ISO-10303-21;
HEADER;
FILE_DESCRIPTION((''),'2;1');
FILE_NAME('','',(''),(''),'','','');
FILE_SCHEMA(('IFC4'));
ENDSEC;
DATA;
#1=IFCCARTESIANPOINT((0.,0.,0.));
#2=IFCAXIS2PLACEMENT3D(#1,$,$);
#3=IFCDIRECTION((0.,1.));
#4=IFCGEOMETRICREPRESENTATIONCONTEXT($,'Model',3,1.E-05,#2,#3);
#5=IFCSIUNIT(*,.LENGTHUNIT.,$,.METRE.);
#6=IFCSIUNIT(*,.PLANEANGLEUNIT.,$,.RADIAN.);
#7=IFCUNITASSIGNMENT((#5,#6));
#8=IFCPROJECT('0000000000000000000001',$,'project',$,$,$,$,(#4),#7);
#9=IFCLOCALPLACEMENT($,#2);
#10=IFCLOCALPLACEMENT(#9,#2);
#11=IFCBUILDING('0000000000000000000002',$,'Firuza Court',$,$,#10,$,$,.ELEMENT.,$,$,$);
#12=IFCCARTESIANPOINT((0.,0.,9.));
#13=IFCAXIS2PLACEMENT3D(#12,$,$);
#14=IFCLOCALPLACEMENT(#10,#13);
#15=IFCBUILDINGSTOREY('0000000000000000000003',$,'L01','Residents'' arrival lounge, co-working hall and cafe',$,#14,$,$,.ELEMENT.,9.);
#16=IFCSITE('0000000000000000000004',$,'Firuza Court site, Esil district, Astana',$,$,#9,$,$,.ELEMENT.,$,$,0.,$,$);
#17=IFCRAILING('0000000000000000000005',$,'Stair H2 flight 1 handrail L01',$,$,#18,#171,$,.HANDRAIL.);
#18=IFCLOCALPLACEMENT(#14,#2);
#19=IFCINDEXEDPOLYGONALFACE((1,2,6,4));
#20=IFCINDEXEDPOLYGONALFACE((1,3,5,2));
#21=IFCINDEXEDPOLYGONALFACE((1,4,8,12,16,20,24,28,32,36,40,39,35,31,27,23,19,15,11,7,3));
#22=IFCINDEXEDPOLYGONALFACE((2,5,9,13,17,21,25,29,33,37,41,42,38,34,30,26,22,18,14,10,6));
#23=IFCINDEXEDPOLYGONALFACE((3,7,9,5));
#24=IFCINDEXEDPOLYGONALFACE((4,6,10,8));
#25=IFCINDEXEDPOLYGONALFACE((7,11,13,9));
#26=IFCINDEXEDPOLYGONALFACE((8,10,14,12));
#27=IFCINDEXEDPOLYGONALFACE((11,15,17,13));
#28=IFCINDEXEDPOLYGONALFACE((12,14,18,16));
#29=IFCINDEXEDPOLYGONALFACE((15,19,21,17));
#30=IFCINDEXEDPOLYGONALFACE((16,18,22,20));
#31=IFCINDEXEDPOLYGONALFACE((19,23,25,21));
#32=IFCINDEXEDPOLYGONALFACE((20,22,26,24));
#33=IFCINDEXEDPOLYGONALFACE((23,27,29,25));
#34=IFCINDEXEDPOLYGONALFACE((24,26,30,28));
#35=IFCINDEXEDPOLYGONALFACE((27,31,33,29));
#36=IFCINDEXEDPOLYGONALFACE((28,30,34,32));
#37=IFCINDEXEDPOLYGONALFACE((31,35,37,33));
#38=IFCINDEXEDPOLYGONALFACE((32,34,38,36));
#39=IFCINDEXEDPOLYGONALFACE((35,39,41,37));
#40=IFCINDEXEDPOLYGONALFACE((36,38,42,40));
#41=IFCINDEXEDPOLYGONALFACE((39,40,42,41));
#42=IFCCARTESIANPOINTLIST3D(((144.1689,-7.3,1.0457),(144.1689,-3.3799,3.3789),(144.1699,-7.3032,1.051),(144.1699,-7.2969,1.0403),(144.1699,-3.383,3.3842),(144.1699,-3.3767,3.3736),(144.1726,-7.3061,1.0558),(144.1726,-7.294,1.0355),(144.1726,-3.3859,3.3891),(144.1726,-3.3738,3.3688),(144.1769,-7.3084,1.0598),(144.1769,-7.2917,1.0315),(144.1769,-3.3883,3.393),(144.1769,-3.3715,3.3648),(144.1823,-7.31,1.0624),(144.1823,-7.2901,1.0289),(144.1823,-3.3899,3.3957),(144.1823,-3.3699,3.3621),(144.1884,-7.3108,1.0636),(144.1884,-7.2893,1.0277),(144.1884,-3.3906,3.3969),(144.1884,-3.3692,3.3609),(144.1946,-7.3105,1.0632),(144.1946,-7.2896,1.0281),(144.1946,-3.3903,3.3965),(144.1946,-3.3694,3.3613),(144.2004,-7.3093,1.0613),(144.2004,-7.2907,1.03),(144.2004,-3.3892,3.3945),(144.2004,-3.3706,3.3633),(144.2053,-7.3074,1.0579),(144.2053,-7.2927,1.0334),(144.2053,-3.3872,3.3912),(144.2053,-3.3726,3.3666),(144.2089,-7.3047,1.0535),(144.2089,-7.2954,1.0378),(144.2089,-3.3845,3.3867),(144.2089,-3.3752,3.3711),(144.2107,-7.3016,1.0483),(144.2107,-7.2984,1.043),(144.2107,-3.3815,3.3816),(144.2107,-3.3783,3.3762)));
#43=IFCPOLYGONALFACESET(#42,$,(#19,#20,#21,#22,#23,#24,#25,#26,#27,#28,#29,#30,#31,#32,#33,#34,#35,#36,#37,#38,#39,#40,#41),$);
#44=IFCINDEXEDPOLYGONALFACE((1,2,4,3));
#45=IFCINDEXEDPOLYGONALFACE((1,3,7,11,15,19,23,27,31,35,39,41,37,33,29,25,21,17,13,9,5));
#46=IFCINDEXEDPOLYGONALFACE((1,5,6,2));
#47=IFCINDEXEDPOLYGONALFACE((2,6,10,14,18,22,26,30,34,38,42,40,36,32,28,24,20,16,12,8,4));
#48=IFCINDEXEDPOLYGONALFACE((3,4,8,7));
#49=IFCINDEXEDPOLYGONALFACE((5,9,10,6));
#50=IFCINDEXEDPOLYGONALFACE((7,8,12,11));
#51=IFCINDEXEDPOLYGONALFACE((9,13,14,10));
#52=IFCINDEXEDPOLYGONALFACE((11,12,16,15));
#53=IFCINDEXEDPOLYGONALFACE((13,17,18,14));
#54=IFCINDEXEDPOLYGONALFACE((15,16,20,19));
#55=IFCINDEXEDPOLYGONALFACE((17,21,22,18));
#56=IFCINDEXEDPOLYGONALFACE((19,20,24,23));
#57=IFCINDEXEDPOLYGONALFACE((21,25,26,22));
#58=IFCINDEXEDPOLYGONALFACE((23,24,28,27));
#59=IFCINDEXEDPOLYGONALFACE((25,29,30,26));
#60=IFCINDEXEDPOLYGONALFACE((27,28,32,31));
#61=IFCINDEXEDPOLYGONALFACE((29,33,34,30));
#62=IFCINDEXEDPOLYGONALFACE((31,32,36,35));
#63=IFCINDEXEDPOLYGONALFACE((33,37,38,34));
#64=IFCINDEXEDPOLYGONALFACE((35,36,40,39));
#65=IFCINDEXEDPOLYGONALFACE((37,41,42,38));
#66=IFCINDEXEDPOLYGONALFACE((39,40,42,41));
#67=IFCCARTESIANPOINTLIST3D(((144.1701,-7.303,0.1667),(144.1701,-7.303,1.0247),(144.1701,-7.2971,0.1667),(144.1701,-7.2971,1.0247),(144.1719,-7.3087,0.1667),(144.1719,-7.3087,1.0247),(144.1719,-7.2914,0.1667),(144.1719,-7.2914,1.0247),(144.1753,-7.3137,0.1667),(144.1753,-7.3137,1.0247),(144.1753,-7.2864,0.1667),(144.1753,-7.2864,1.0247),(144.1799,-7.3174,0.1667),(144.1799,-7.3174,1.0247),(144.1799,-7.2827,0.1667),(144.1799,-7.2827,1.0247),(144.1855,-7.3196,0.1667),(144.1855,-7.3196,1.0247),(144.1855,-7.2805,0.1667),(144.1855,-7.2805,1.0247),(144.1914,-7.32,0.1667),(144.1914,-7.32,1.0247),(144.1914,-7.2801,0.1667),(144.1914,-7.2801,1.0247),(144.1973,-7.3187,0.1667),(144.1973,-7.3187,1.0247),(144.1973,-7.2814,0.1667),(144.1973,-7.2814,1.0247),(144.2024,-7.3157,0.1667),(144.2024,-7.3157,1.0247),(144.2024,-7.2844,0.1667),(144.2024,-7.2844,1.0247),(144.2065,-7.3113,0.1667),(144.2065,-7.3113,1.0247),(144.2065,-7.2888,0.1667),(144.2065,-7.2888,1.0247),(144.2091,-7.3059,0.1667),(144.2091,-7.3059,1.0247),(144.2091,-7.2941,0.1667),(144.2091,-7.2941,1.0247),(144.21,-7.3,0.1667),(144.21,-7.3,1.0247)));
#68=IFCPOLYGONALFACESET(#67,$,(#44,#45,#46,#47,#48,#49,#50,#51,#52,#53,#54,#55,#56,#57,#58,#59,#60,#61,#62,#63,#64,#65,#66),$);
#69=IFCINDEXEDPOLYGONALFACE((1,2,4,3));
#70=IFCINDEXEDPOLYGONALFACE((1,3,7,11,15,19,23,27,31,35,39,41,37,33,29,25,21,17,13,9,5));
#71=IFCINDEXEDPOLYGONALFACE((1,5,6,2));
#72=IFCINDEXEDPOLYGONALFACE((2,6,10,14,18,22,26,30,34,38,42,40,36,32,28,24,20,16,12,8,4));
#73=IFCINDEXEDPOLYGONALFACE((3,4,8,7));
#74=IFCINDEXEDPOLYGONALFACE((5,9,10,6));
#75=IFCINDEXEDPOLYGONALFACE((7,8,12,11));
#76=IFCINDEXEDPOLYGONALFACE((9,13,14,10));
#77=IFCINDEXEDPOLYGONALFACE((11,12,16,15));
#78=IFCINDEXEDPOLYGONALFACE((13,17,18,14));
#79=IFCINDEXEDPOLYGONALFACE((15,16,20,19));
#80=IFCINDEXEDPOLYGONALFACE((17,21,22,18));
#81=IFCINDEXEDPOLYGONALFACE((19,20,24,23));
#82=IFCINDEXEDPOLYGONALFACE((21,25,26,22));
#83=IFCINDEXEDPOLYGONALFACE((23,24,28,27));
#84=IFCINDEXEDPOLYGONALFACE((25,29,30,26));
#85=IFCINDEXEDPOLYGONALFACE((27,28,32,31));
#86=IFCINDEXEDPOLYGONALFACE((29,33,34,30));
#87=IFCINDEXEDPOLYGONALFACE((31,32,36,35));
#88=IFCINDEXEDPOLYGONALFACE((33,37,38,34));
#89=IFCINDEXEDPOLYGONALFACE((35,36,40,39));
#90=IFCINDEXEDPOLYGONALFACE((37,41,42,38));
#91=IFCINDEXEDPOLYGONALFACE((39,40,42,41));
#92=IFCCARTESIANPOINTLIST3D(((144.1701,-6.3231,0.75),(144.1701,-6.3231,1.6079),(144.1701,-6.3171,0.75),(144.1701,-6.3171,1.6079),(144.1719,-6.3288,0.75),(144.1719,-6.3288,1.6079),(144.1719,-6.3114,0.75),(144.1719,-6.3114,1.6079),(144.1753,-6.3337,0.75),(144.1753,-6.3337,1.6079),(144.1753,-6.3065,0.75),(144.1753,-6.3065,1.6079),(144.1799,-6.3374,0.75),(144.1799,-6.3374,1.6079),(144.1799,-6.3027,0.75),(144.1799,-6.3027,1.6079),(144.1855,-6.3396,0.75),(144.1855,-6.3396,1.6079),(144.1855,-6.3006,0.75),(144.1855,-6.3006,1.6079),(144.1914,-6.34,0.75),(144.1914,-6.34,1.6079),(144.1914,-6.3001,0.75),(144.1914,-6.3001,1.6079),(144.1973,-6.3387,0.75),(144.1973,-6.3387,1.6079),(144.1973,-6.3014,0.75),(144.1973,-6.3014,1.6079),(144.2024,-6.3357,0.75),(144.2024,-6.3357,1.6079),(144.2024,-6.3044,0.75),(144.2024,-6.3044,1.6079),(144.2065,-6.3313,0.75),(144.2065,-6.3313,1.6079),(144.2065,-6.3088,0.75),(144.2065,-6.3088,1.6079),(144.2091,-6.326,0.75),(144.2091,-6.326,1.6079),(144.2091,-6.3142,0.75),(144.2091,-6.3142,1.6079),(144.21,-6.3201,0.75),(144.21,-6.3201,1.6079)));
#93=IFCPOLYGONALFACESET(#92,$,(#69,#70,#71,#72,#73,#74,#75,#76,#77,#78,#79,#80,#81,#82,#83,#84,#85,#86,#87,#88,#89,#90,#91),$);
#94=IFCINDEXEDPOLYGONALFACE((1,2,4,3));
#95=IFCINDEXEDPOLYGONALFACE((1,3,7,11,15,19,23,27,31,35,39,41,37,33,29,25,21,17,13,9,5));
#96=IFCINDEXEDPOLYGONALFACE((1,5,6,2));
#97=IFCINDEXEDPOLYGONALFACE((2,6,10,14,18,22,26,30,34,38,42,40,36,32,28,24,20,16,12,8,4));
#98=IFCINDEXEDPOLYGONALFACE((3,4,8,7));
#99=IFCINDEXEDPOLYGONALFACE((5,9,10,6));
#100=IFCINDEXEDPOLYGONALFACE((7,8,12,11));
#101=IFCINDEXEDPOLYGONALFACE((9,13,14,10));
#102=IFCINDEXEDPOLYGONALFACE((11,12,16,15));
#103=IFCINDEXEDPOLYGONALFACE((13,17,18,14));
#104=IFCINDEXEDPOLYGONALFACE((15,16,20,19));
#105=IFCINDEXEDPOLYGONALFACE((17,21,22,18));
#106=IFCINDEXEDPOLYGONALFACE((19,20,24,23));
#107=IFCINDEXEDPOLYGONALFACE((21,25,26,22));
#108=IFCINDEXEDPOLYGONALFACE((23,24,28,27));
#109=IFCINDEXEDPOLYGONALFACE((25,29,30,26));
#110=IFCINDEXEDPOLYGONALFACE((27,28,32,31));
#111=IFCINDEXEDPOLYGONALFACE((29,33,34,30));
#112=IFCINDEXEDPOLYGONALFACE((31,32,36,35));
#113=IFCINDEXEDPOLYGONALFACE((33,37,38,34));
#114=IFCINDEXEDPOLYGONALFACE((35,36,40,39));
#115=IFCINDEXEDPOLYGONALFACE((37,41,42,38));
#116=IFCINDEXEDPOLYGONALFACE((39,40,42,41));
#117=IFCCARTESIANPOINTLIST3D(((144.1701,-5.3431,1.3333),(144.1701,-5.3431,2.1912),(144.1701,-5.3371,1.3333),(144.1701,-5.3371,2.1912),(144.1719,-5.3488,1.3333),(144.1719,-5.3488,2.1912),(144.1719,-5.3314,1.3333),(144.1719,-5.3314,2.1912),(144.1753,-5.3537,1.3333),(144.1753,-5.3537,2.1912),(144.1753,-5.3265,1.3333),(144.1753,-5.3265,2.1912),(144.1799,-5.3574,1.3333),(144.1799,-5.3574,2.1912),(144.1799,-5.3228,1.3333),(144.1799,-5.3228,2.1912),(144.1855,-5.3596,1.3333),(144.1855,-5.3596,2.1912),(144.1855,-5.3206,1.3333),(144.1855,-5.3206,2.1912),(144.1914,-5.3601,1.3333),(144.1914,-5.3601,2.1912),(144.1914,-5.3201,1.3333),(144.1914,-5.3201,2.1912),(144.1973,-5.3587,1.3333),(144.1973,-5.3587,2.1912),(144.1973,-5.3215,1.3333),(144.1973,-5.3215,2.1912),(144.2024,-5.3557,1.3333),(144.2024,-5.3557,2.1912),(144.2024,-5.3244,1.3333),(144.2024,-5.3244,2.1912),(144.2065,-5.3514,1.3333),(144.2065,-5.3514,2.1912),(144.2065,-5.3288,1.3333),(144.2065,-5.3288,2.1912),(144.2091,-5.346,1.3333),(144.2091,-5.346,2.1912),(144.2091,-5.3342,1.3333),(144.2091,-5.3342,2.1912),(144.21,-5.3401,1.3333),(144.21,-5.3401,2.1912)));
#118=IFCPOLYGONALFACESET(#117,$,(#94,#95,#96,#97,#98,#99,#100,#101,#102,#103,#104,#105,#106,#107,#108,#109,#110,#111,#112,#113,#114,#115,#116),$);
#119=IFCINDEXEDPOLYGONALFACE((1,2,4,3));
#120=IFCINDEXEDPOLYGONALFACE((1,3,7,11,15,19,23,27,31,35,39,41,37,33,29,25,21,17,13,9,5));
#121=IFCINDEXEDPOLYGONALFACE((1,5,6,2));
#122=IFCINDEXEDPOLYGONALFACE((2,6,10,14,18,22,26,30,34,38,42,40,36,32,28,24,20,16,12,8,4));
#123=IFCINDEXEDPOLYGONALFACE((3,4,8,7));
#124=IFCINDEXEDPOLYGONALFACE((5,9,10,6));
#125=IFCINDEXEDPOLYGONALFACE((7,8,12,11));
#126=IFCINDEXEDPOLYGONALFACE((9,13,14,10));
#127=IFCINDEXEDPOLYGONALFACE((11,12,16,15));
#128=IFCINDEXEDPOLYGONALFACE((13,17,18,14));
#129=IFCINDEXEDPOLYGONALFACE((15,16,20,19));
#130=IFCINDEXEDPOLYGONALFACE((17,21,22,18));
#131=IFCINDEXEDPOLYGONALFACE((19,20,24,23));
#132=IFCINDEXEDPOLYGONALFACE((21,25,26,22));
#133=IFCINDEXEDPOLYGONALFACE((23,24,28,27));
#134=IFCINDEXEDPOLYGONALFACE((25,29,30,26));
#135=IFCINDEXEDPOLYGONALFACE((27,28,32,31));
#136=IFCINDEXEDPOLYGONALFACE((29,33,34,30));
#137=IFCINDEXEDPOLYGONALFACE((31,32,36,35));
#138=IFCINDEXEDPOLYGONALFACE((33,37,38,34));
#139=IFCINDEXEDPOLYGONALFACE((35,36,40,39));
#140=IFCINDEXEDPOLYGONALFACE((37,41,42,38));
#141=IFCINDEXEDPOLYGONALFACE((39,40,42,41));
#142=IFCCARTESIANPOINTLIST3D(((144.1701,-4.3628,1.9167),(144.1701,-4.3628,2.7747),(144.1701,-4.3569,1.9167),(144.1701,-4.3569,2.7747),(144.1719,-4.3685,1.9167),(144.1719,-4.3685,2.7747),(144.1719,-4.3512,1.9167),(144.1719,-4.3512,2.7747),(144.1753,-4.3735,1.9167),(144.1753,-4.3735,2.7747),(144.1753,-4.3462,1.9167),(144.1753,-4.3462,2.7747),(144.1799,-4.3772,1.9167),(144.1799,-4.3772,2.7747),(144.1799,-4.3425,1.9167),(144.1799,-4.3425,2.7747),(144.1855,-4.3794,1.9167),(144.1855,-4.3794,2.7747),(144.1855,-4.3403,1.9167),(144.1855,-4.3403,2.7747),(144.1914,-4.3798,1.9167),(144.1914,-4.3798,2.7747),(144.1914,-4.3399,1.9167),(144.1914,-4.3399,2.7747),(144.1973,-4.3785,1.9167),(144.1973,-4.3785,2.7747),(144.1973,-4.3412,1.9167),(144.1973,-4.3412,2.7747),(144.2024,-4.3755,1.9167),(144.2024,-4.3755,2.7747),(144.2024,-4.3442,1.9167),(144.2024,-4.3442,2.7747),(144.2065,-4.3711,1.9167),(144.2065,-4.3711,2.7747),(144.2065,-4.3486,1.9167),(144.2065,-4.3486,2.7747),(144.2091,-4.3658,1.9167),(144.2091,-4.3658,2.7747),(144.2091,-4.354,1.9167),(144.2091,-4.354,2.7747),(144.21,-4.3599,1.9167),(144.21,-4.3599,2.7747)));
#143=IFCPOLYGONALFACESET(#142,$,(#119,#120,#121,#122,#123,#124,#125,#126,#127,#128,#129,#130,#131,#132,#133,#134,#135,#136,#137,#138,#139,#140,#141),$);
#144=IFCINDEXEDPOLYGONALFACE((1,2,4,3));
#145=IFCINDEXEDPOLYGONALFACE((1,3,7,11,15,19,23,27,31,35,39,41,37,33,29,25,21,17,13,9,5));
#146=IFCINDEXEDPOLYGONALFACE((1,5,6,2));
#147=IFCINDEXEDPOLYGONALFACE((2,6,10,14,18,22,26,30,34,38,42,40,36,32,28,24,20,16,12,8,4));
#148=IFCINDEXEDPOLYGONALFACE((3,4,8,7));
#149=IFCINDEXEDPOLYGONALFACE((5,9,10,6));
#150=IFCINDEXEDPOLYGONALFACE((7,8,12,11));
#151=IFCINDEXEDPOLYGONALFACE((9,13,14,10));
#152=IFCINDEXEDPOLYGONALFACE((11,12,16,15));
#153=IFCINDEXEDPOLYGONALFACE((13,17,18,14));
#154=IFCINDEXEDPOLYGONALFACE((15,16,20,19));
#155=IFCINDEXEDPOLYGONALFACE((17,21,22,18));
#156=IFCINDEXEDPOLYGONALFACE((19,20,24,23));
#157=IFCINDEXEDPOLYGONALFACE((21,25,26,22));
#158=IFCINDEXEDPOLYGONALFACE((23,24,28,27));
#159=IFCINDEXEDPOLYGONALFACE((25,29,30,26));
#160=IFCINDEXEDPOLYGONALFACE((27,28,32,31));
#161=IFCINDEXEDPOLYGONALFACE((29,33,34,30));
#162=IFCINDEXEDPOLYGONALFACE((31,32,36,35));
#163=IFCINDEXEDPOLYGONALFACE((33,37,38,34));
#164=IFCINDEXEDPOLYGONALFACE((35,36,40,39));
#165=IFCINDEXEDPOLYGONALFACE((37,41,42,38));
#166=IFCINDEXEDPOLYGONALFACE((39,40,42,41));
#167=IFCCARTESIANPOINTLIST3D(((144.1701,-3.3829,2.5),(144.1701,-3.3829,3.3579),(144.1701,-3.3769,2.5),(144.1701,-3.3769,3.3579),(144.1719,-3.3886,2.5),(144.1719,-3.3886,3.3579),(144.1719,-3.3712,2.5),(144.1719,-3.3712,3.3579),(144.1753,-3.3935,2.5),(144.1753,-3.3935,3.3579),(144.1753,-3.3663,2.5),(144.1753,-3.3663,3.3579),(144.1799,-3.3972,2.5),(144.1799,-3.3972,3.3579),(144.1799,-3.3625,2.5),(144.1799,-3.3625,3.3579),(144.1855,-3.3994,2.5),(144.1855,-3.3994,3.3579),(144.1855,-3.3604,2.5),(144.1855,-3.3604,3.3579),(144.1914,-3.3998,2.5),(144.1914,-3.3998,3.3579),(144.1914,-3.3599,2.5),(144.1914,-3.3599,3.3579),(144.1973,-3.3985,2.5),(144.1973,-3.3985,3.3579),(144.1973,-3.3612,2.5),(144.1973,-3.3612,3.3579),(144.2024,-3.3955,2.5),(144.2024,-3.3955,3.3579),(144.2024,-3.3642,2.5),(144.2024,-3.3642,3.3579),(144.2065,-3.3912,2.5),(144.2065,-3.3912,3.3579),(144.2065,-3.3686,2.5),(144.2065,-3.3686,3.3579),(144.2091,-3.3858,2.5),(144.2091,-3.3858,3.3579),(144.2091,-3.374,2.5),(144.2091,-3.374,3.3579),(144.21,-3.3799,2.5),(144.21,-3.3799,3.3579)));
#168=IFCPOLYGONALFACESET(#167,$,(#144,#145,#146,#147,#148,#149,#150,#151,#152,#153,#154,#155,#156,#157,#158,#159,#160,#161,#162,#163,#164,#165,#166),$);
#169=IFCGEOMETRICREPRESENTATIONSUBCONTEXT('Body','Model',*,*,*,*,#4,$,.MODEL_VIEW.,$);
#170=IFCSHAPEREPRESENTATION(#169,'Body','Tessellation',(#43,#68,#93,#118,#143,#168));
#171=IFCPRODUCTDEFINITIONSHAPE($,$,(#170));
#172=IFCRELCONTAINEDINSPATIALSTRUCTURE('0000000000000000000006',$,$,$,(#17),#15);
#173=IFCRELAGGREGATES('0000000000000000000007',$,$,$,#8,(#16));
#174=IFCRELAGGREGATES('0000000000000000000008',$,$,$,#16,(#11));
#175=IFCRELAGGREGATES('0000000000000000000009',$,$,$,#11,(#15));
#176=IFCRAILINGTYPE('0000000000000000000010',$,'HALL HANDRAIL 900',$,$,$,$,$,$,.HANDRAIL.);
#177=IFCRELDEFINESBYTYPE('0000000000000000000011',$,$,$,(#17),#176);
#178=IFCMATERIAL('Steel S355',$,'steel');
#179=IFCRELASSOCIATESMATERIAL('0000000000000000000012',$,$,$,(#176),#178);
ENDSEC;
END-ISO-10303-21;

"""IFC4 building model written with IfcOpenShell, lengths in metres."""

from ifc_helpers import new_model, si_unit, direction, frame, origin, origin_2d, place, context, subcontext, project, spatial, circle, extrude, material, type_object, element, save


model = new_model("IFC4")

# Units and contexts
model_context = context("Model", 3, precision=1e-05, world=origin(), true_north=direction((0.0, 1.0)))
body_context = subcontext(model_context, "Body", "Model", "MODEL_VIEW")
ifc_project = project(units=[si_unit("LENGTHUNIT", "METRE"), si_unit("PLANEANGLEUNIT", "RADIAN")], contexts=[model_context])

# Site, building, storey
site_placement = place(None, origin())
site = spatial("IfcSite", under=ifc_project, at=site_placement, Name="Firuza Court site, Esil district, Astana", CompositionType="ELEMENT", RefElevation=0.0)
building_placement = place(site_placement, origin())
building = spatial("IfcBuilding", under=site, at=building_placement, Name="Firuza Court", CompositionType="ELEMENT")
storey_placement = place(building_placement, frame((0.0, 0.0, 9.0)))
storey = spatial("IfcBuildingStorey", under=building, at=storey_placement, Name="L01", Description="Residents' arrival lounge, co-working hall and cafe", CompositionType="ELEMENT", Elevation=9.0)

# Railing
ifc_material_1 = material(Name="Steel S355", Category="steel")
railing_type_1 = type_object("IfcRailingType", Name="HALL HANDRAIL 900", PredefinedType="HANDRAIL", material=ifc_material_1)
railing_1_placement = place(storey_placement, frame((144.1899, -7.3, 0.1667)))
element("IfcRailing", 1, at=railing_1_placement, inside=storey, type_object=railing_type_1, Name="Stair H2 flight 1 handrail L01", PredefinedType="HANDRAIL", context=body_context, shape_type="SweptSolid", body=[
    extrude(circle(Radius=0.021, at=origin_2d()), frame((0.0, 0.0, 0.8789), z_axis=(0.0, 0.85931, 0.511455), x_axis=(-1.0, 0.0, 0.0)), (0.0, 0.0, 1.0), 4.562),
    extrude(circle(Radius=0.02, at=origin_2d()), origin(), (0.0, 0.0, 1.0), 0.8579),
    extrude(circle(Radius=0.02, at=origin_2d()), frame((0.0, 0.98, 0.5833)), (0.0, 0.0, 1.0), 0.8579),
    extrude(circle(Radius=0.02, at=origin_2d()), frame((0.0, 1.96, 1.1665)), (0.0, 0.0, 1.0), 0.8579),
    extrude(circle(Radius=0.02, at=origin_2d()), frame((0.0, 2.9402, 1.75)), (0.0, 0.0, 1.0), 0.8579),
    extrude(circle(Radius=0.02, at=origin_2d()), frame((0.0, 3.9202, 2.3333)), (0.0, 0.0, 1.0), 0.8579),
])

save(model, "model.ifc")
